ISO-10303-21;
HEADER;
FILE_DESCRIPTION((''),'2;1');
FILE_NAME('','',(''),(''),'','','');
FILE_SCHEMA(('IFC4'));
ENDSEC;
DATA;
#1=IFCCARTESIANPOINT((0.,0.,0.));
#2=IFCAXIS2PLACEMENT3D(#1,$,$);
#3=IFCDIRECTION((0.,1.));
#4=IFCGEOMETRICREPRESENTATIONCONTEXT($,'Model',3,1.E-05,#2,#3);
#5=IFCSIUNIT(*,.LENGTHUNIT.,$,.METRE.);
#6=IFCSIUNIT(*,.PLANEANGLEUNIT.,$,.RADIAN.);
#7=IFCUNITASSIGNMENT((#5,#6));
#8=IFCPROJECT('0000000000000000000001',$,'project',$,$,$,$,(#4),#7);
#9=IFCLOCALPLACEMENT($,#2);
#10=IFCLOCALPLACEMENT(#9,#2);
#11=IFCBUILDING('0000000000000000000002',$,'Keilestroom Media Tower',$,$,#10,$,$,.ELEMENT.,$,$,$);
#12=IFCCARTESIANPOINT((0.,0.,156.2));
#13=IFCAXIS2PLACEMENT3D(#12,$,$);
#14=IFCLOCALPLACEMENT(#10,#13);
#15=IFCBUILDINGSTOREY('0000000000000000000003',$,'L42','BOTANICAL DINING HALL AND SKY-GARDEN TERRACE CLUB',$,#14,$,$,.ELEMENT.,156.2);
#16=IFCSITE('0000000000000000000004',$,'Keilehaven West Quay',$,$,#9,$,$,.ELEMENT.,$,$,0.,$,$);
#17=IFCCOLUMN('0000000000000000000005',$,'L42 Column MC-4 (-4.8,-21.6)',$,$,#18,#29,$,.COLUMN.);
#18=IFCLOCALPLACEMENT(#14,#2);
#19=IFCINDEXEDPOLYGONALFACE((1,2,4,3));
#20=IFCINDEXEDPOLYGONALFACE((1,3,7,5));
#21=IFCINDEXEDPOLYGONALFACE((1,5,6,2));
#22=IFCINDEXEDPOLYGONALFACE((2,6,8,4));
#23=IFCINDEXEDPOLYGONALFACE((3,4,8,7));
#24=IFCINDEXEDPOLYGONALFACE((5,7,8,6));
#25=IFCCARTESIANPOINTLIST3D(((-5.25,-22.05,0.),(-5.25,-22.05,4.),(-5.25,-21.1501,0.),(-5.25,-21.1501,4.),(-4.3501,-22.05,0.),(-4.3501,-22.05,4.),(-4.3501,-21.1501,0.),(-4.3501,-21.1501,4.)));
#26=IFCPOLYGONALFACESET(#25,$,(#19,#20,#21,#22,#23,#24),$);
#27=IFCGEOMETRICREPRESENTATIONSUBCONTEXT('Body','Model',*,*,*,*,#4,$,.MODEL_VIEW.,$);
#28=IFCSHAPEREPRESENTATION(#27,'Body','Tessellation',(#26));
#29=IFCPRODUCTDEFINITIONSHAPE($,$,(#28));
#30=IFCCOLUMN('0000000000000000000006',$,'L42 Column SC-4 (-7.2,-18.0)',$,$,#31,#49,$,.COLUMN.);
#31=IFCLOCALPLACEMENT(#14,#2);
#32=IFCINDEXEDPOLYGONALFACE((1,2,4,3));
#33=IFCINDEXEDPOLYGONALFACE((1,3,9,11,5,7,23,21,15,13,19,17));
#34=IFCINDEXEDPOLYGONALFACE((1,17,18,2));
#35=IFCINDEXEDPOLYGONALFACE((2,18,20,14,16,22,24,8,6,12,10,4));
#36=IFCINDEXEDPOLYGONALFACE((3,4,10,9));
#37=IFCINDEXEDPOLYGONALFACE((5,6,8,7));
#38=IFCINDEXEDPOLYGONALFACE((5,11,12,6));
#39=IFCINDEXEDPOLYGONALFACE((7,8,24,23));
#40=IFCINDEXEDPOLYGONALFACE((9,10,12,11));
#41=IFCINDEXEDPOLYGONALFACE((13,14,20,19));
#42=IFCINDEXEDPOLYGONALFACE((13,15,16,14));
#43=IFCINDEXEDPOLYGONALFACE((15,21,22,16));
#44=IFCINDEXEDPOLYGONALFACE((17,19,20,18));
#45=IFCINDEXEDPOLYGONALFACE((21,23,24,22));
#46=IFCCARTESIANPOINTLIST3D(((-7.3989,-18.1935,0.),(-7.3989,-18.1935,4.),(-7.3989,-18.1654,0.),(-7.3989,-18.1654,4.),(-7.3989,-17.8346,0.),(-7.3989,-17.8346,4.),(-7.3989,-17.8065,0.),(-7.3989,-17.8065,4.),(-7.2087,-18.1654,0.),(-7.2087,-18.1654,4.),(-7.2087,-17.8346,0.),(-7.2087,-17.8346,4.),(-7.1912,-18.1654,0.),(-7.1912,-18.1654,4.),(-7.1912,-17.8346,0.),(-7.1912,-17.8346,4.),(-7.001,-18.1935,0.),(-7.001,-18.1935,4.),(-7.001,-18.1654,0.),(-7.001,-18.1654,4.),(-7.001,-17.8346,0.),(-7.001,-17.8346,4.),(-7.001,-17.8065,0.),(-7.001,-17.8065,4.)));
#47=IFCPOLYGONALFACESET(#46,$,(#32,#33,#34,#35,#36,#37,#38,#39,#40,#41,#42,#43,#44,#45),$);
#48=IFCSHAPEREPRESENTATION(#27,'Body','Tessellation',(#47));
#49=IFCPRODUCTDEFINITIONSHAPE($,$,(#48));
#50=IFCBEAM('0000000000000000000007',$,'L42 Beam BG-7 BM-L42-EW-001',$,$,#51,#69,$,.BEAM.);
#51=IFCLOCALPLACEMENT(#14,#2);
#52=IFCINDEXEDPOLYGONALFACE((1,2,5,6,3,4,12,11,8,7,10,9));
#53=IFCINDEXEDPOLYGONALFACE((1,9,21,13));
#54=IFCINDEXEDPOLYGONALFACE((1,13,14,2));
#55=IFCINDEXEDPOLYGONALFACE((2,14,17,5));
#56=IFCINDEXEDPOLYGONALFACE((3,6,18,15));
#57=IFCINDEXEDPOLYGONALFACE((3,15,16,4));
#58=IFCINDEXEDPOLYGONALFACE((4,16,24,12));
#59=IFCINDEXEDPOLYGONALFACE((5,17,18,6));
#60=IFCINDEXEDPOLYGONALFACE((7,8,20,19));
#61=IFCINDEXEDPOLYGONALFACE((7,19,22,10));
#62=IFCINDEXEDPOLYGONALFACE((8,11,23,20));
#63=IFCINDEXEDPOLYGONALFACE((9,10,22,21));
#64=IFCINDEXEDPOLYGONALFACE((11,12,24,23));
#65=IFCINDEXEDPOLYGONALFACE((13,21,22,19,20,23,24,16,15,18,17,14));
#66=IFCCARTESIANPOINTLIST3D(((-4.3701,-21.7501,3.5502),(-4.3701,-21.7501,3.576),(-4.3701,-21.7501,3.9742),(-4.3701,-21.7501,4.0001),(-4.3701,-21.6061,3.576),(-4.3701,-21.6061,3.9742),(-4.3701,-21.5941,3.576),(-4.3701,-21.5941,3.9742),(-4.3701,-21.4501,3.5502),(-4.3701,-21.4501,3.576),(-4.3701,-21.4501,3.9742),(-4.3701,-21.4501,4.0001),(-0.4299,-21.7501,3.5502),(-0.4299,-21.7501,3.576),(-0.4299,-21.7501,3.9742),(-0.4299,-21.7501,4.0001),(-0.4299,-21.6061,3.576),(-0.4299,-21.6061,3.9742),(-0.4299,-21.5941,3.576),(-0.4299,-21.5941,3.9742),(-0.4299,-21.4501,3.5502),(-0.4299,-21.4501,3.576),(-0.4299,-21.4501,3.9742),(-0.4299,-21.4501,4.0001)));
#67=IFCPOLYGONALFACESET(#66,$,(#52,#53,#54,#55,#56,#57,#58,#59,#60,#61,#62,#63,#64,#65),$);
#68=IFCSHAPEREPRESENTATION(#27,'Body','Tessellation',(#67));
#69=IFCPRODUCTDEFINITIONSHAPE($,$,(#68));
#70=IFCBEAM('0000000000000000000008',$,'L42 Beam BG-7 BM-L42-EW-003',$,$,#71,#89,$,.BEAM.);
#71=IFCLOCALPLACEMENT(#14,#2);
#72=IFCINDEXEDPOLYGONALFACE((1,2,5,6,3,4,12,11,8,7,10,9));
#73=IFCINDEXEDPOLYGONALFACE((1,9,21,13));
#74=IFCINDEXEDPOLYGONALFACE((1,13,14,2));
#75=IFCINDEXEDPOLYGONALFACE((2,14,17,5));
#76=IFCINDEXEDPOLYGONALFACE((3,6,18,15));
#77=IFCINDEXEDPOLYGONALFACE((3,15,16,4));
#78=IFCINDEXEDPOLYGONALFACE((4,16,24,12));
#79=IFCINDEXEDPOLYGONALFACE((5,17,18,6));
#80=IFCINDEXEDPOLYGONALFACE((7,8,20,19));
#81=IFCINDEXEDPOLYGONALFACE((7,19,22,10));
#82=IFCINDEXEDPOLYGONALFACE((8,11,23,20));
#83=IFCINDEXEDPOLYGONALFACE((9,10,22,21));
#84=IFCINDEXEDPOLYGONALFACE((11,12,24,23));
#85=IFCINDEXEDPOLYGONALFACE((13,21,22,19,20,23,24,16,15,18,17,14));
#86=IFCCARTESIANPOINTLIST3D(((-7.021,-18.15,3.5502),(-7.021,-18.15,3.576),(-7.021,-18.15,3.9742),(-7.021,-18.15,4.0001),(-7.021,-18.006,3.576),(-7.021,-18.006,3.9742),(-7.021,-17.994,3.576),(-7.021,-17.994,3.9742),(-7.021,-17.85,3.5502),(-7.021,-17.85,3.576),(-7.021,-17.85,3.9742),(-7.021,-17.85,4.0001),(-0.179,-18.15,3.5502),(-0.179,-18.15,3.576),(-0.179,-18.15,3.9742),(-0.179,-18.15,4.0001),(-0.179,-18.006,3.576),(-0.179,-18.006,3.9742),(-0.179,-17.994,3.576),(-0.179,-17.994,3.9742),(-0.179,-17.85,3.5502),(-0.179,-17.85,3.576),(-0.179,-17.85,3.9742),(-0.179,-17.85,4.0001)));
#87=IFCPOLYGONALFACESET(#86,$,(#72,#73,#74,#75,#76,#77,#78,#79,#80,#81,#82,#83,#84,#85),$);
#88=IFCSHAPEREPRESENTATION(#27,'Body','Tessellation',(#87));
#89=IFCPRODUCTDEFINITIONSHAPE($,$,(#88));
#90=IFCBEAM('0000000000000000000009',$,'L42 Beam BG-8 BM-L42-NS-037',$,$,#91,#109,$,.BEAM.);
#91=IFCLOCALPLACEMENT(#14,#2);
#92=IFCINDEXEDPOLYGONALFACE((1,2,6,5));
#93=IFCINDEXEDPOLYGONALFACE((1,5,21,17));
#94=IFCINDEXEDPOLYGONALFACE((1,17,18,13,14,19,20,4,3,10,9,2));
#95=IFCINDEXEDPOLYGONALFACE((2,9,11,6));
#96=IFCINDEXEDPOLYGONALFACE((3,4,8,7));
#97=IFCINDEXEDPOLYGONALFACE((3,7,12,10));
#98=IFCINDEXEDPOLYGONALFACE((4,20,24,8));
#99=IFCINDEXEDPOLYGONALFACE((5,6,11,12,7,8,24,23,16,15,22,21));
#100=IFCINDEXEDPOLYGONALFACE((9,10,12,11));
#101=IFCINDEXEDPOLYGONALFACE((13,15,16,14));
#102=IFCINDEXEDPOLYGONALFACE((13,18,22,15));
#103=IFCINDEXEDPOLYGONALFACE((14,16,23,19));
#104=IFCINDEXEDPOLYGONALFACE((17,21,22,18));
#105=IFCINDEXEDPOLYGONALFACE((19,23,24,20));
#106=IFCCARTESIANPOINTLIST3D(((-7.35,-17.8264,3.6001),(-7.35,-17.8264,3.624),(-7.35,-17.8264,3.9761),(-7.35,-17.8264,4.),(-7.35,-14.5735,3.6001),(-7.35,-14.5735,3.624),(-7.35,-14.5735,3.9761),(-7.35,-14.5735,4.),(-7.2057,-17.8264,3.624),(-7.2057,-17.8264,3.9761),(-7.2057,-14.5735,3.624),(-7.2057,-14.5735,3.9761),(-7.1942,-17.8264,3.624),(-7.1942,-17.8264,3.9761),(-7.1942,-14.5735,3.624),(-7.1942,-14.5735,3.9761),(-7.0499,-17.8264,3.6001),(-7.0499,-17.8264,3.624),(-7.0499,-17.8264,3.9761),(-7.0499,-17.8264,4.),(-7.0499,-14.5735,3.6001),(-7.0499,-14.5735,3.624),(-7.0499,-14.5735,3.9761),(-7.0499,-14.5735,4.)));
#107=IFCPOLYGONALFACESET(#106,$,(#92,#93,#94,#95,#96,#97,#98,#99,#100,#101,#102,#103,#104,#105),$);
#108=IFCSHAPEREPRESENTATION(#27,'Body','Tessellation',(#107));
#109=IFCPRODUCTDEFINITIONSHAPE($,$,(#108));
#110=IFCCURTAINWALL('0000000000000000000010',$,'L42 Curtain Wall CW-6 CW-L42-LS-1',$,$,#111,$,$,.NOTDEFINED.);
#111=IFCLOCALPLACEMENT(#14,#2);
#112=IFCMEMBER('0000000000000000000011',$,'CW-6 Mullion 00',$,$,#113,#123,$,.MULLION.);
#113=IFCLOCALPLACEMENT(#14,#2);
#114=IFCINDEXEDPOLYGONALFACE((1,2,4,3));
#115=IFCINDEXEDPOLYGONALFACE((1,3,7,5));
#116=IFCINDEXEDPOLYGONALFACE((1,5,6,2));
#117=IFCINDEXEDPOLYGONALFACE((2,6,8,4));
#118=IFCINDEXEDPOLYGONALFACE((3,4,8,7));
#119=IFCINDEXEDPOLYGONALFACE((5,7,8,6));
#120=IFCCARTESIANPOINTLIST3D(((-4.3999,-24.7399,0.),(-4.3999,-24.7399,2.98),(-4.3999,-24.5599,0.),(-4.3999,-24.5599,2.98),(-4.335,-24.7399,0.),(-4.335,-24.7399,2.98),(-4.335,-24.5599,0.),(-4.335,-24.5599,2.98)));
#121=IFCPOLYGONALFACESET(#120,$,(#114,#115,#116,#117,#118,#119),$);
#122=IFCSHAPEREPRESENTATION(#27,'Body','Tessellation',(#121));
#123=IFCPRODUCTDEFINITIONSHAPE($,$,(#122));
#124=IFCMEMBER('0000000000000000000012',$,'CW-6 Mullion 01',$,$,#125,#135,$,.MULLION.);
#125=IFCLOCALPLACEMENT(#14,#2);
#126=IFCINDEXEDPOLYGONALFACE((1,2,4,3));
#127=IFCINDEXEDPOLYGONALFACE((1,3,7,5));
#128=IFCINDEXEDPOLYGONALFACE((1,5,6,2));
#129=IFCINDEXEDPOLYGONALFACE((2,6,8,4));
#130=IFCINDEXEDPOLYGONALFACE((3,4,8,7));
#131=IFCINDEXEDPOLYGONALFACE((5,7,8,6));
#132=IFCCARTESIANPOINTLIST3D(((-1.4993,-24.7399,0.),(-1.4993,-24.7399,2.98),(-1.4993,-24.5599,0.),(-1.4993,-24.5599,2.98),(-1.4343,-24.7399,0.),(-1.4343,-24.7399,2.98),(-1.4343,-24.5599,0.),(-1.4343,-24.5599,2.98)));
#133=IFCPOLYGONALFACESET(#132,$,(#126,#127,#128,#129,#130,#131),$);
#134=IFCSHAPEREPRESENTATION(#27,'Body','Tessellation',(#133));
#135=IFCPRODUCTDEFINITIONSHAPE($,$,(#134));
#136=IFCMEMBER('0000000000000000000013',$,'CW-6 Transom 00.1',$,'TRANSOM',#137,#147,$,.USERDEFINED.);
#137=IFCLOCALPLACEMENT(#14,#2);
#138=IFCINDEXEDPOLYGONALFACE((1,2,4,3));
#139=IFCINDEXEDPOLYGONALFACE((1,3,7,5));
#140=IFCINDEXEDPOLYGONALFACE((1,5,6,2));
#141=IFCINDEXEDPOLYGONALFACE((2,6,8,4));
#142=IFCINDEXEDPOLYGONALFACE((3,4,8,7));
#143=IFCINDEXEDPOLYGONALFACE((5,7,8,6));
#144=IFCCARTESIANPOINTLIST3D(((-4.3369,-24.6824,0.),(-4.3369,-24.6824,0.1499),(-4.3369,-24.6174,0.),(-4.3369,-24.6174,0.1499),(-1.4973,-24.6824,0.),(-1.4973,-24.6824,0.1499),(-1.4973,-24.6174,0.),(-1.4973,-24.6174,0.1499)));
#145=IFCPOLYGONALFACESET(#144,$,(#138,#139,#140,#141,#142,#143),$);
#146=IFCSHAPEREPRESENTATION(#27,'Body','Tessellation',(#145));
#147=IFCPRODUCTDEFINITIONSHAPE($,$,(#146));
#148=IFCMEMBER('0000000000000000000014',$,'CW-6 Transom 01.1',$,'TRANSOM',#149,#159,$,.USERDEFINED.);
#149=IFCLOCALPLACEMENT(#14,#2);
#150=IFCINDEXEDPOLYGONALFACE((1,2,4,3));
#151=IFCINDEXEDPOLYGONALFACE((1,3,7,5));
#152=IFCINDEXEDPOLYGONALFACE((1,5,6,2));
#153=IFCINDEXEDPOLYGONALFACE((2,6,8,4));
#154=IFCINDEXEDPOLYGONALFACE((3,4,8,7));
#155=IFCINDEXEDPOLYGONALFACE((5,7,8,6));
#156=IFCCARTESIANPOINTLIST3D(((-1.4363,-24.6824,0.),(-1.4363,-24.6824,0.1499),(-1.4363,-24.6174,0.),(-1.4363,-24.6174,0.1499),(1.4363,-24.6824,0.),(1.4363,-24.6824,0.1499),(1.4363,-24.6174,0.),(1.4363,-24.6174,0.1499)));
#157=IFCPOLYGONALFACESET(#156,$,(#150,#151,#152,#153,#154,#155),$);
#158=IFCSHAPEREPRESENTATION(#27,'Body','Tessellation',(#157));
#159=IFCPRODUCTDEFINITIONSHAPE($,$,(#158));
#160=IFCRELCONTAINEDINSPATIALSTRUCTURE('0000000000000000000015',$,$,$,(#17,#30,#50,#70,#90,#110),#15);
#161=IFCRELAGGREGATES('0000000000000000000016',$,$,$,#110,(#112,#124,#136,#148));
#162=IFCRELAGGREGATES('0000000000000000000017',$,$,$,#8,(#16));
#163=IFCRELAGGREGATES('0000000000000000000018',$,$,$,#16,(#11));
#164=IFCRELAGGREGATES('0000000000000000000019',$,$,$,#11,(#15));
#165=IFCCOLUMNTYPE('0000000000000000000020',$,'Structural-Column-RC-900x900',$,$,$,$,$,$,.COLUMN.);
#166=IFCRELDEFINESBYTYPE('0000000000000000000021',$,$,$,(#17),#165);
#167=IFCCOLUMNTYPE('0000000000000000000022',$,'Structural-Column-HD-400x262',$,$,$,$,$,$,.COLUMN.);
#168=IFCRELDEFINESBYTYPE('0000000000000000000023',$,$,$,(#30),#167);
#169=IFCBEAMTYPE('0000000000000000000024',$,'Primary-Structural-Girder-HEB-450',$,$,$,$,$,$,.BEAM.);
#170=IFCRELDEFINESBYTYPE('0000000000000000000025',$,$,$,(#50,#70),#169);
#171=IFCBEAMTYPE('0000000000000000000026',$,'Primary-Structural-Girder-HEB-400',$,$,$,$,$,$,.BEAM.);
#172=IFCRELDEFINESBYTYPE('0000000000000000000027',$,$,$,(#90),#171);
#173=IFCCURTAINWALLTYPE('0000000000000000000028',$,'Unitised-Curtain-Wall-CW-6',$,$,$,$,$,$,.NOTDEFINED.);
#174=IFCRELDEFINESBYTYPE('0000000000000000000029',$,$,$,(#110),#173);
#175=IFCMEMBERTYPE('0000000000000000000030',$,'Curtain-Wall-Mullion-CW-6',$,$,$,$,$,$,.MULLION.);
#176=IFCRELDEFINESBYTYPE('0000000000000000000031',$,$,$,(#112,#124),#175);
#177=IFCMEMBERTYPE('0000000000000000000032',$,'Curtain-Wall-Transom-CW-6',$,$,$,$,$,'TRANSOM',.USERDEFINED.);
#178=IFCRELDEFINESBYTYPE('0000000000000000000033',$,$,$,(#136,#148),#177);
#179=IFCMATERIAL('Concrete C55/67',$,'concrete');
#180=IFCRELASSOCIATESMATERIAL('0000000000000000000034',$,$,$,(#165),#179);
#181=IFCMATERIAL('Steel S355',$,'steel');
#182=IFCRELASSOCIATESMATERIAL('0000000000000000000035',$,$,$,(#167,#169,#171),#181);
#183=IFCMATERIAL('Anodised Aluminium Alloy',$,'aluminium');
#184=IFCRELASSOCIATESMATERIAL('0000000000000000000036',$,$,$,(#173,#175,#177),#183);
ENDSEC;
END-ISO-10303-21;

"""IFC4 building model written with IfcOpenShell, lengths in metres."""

from ifc_helpers import new_model, si_unit, direction, frame, origin, origin_2d, place, context, subcontext, project, spatial, rectangle, i_section, extrude, source, transform, mapped, material, material_profile, profile_set, type_object, element, aggregate, save


model = new_model("IFC4")

# Units and contexts
model_context = context("Model", 3, precision=1e-05, world=origin(), true_north=direction((0.0, 1.0)))
body_context = subcontext(model_context, "Body", "Model", "MODEL_VIEW")
ifc_project = project(units=[si_unit("LENGTHUNIT", "METRE"), si_unit("PLANEANGLEUNIT", "RADIAN")], contexts=[model_context])

# Site, building, storey
site_placement = place(None, origin())
site = spatial("IfcSite", under=ifc_project, at=site_placement, Name="Keilehaven West Quay", CompositionType="ELEMENT", RefElevation=0.0)
building_placement = place(site_placement, origin())
building = spatial("IfcBuilding", under=site, at=building_placement, Name="Keilestroom Media Tower", CompositionType="ELEMENT")
storey_placement = place(building_placement, frame((0.0, 0.0, 156.2)))
storey = spatial("IfcBuildingStorey", under=building, at=storey_placement, Name="L42", Description="BOTANICAL DINING HALL AND SKY-GARDEN TERRACE CLUB", CompositionType="ELEMENT", Elevation=156.2)

# Columns
ifc_material_1 = material(Name="Concrete C55/67", Category="concrete")
ifc_material_profile_1 = material_profile(ifc_material_1, rectangle(XDim=0.8999, YDim=0.8999, at=origin_2d()), Name="RC 900x900")
ifc_profile_set_1 = profile_set([ifc_material_profile_1], Name="Concrete C55/67")
column_type_1 = type_object("IfcColumnType", Name="Structural-Column-RC-900x900", PredefinedType="COLUMN", material=ifc_profile_set_1)
shared_shape_1 = source(origin(), body_context, "Body", "SweptSolid", [
    extrude(rectangle(XDim=0.8999, YDim=0.8999, at=origin_2d()), origin(), (0.0, 0.0, 1.0), 4.0),
])
column_1_placement = place(storey_placement, frame((-4.8, -21.6001, 0.0), z_axis=(0.0, 0.0, 1.0), x_axis=(1.0, 0.0, 0.0)))
element("IfcColumn", 1, at=column_1_placement, inside=storey, type_object=column_type_1, Name="L42 Column MC-4 (-4.8,-21.6)", PredefinedType="COLUMN", context=body_context, shape_type="MappedRepresentation", body=[
    mapped(shared_shape_1, transform((0.0, 0.0, 0.0), x_axis=(1.0, 0.0, 0.0), y_axis=(0.0, 1.0, 0.0), z_axis=(0.0, 0.0, 1.0), scale=1.0)),
])
ifc_material_2 = material(Name="Steel S355", Category="steel")
ifc_material_profile_2 = material_profile(ifc_material_2, i_section(OverallWidth=0.3979, OverallDepth=0.387, WebThickness=0.0176, FlangeThickness=0.0281, at=origin_2d()), Name="HD 400x262")
ifc_profile_set_2 = profile_set([ifc_material_profile_2], Name="Steel S355")
column_type_2 = type_object("IfcColumnType", Name="Structural-Column-HD-400x262", PredefinedType="COLUMN", material=ifc_profile_set_2)
shared_shape_2 = source(origin(), body_context, "Body", "SweptSolid", [
    extrude(i_section(OverallWidth=0.3979, OverallDepth=0.387, WebThickness=0.0176, FlangeThickness=0.0281, at=origin_2d()), origin(), (0.0, 0.0, 1.0), 4.0),
])
column_2_placement = place(storey_placement, frame((-7.2, -18.0, 0.0), z_axis=(0.0, 0.0, 1.0), x_axis=(1.0, 0.0, 0.0)))
element("IfcColumn", 2, at=column_2_placement, inside=storey, type_object=column_type_2, Name="L42 Column SC-4 (-7.2,-18.0)", PredefinedType="COLUMN", context=body_context, shape_type="MappedRepresentation", body=[
    mapped(shared_shape_2, transform((0.0, 0.0, 0.0), x_axis=(1.0, 0.0, 0.0), y_axis=(0.0, 1.0, 0.0), z_axis=(0.0, 0.0, 1.0), scale=1.0)),
])

# Beams
ifc_material_profile_3 = material_profile(ifc_material_2, i_section(OverallWidth=0.3, OverallDepth=0.45, WebThickness=0.012, FlangeThickness=0.0259, at=origin_2d()), Name="HEB 450")
ifc_profile_set_3 = profile_set([ifc_material_profile_3], Name="Steel S355")
beam_type_1 = type_object("IfcBeamType", Name="Primary-Structural-Girder-HEB-450", PredefinedType="BEAM", material=ifc_profile_set_3)
shared_shape_3 = source(origin(), body_context, "Body", "SweptSolid", [
    extrude(i_section(OverallWidth=0.3, OverallDepth=0.45, WebThickness=0.012, FlangeThickness=0.0259, at=origin_2d()), origin(), (0.0, 0.0, 1.0), 3.9402),
])
beam_1_placement = place(storey_placement, frame((-4.3701, -21.6001, 3.7751), z_axis=(1.0, 0.0, 0.0), x_axis=(0.0, 1.0, 0.0)))
element("IfcBeam", 3, at=beam_1_placement, inside=storey, type_object=beam_type_1, Name="L42 Beam BG-7 BM-L42-EW-001", PredefinedType="BEAM", context=body_context, shape_type="MappedRepresentation", body=[
    mapped(shared_shape_3, transform((0.0, 0.0, 0.0), x_axis=(1.0, 0.0, 0.0), y_axis=(0.0, 1.0, 0.0), z_axis=(0.0, 0.0, 1.0), scale=1.0)),
])
shared_shape_4 = source(origin(), body_context, "Body", "SweptSolid", [
    extrude(i_section(OverallWidth=0.3, OverallDepth=0.45, WebThickness=0.012, FlangeThickness=0.0259, at=origin_2d()), origin(), (0.0, 0.0, 1.0), 6.842),
])
beam_2_placement = place(storey_placement, frame((-7.021, -18.0, 3.7751), z_axis=(1.0, 0.0, 0.0), x_axis=(0.0, 1.0, 0.0)))
element("IfcBeam", 4, at=beam_2_placement, inside=storey, type_object=beam_type_1, Name="L42 Beam BG-7 BM-L42-EW-003", PredefinedType="BEAM", context=body_context, shape_type="MappedRepresentation", body=[
    mapped(shared_shape_4, transform((0.0, 0.0, 0.0), x_axis=(1.0, 0.0, 0.0), y_axis=(0.0, 1.0, 0.0), z_axis=(0.0, 0.0, 1.0), scale=1.0)),
])
ifc_material_profile_4 = material_profile(ifc_material_2, i_section(OverallWidth=0.3, OverallDepth=0.3999, WebThickness=0.0115, FlangeThickness=0.0239, at=origin_2d()), Name="HEB 400")
ifc_profile_set_4 = profile_set([ifc_material_profile_4], Name="Steel S355")
beam_type_2 = type_object("IfcBeamType", Name="Primary-Structural-Girder-HEB-400", PredefinedType="BEAM", material=ifc_profile_set_4)
shared_shape_5 = source(origin(), body_context, "Body", "SweptSolid", [
    extrude(i_section(OverallWidth=0.3, OverallDepth=0.3999, WebThickness=0.0115, FlangeThickness=0.0239, at=origin_2d()), origin(), (0.0, 0.0, 1.0), 3.2529),
])
beam_3_placement = place(storey_placement, frame((-7.2, -17.8264, 3.8), z_axis=(0.0, 1.0, 0.0), x_axis=(-1.0, 0.0, 0.0)))
element("IfcBeam", 5, at=beam_3_placement, inside=storey, type_object=beam_type_2, Name="L42 Beam BG-8 BM-L42-NS-037", PredefinedType="BEAM", context=body_context, shape_type="MappedRepresentation", body=[
    mapped(shared_shape_5, transform((0.0, 0.0, 0.0), x_axis=(1.0, 0.0, 0.0), y_axis=(0.0, 1.0, 0.0), z_axis=(0.0, 0.0, 1.0), scale=1.0)),
])

# Curtain wall, members
ifc_material_3 = material(Name="Anodised Aluminium Alloy", Category="aluminium")
curtain_wall_type = type_object("IfcCurtainWallType", Name="Unitised-Curtain-Wall-CW-6", PredefinedType="NOTDEFINED", material=ifc_material_3)
curtain_wall_placement = place(storey_placement, origin())
curtain_wall = element("IfcCurtainWall", 6, at=curtain_wall_placement, inside=storey, type_object=curtain_wall_type, Name="L42 Curtain Wall CW-6 CW-L42-LS-1", PredefinedType="NOTDEFINED")
ifc_material_profile_5 = material_profile(ifc_material_3, rectangle(XDim=0.0649, YDim=0.1799, at=origin_2d()), Name="ALU MULLION 65x180")
ifc_profile_set_5 = profile_set([ifc_material_profile_5], Name="Anodised Aluminium Alloy")
member_type_1 = type_object("IfcMemberType", Name="Curtain-Wall-Mullion-CW-6", PredefinedType="MULLION", material=ifc_profile_set_5)
shared_shape_6 = source(origin(), body_context, "Body", "SweptSolid", [
    extrude(rectangle(XDim=0.0649, YDim=0.1799, at=origin_2d()), origin(), (0.0, 0.0, 1.0), 2.98),
])
member_1_placement = place(storey_placement, frame((-4.3674, -24.6499, 0.0), z_axis=(0.0, 0.0, 1.0), x_axis=(1.0, 0.0, 0.0)))
member_1 = element("IfcMember", 7, at=member_1_placement, type_object=member_type_1, Name="CW-6 Mullion 00", PredefinedType="MULLION", context=body_context, shape_type="MappedRepresentation", body=[
    mapped(shared_shape_6, transform((0.0, 0.0, 0.0), x_axis=(1.0, 0.0, 0.0), y_axis=(0.0, 1.0, 0.0), z_axis=(0.0, 0.0, 1.0), scale=1.0)),
])
member_2_placement = place(storey_placement, frame((-1.4668, -24.6499, 0.0), z_axis=(0.0, 0.0, 1.0), x_axis=(1.0, 0.0, 0.0)))
member_2 = element("IfcMember", 8, at=member_2_placement, type_object=member_type_1, Name="CW-6 Mullion 01", PredefinedType="MULLION", context=body_context, shape_type="MappedRepresentation", body=[
    mapped(shared_shape_6, transform((0.0, 0.0, 0.0), x_axis=(1.0, 0.0, 0.0), y_axis=(0.0, 1.0, 0.0), z_axis=(0.0, 0.0, 1.0), scale=1.0)),
])
ifc_material_profile_6 = material_profile(ifc_material_3, rectangle(XDim=0.0649, YDim=0.1499, at=origin_2d()), Name="ALU TRANSOM 65x150")
ifc_profile_set_6 = profile_set([ifc_material_profile_6], Name="Anodised Aluminium Alloy")
member_type_2 = type_object("IfcMemberType", Name="Curtain-Wall-Transom-CW-6", ElementType="TRANSOM", PredefinedType="USERDEFINED", material=ifc_profile_set_6)
shared_shape_7 = source(origin(), body_context, "Body", "SweptSolid", [
    extrude(rectangle(XDim=0.0649, YDim=0.1499, at=origin_2d()), origin(), (0.0, 0.0, 1.0), 2.8396),
])
member_3_placement = place(storey_placement, frame((-4.3369, -24.6499, 0.075), z_axis=(1.0, 0.0, 0.0), x_axis=(0.0, 1.0, 0.0)))
member_3 = element("IfcMember", 9, at=member_3_placement, type_object=member_type_2, Name="CW-6 Transom 00.1", ObjectType="TRANSOM", PredefinedType="USERDEFINED", context=body_context, shape_type="MappedRepresentation", body=[
    mapped(shared_shape_7, transform((0.0, 0.0, 0.0), x_axis=(1.0, 0.0, 0.0), y_axis=(0.0, 1.0, 0.0), z_axis=(0.0, 0.0, 1.0), scale=1.0)),
])
shared_shape_8 = source(origin(), body_context, "Body", "SweptSolid", [
    extrude(rectangle(XDim=0.0649, YDim=0.1499, at=origin_2d()), origin(), (0.0, 0.0, 1.0), 2.8726),
])
member_4_placement = place(storey_placement, frame((-1.4363, -24.6499, 0.075), z_axis=(1.0, 0.0, 0.0), x_axis=(0.0, 1.0, 0.0)))
member_4 = element("IfcMember", 10, at=member_4_placement, type_object=member_type_2, Name="CW-6 Transom 01.1", ObjectType="TRANSOM", PredefinedType="USERDEFINED", context=body_context, shape_type="MappedRepresentation", body=[
    mapped(shared_shape_8, transform((0.0, 0.0, 0.0), x_axis=(1.0, 0.0, 0.0), y_axis=(0.0, 1.0, 0.0), z_axis=(0.0, 0.0, 1.0), scale=1.0)),
])
aggregate(curtain_wall, [member_1, member_2, member_3, member_4])

save(model, "model.ifc")
